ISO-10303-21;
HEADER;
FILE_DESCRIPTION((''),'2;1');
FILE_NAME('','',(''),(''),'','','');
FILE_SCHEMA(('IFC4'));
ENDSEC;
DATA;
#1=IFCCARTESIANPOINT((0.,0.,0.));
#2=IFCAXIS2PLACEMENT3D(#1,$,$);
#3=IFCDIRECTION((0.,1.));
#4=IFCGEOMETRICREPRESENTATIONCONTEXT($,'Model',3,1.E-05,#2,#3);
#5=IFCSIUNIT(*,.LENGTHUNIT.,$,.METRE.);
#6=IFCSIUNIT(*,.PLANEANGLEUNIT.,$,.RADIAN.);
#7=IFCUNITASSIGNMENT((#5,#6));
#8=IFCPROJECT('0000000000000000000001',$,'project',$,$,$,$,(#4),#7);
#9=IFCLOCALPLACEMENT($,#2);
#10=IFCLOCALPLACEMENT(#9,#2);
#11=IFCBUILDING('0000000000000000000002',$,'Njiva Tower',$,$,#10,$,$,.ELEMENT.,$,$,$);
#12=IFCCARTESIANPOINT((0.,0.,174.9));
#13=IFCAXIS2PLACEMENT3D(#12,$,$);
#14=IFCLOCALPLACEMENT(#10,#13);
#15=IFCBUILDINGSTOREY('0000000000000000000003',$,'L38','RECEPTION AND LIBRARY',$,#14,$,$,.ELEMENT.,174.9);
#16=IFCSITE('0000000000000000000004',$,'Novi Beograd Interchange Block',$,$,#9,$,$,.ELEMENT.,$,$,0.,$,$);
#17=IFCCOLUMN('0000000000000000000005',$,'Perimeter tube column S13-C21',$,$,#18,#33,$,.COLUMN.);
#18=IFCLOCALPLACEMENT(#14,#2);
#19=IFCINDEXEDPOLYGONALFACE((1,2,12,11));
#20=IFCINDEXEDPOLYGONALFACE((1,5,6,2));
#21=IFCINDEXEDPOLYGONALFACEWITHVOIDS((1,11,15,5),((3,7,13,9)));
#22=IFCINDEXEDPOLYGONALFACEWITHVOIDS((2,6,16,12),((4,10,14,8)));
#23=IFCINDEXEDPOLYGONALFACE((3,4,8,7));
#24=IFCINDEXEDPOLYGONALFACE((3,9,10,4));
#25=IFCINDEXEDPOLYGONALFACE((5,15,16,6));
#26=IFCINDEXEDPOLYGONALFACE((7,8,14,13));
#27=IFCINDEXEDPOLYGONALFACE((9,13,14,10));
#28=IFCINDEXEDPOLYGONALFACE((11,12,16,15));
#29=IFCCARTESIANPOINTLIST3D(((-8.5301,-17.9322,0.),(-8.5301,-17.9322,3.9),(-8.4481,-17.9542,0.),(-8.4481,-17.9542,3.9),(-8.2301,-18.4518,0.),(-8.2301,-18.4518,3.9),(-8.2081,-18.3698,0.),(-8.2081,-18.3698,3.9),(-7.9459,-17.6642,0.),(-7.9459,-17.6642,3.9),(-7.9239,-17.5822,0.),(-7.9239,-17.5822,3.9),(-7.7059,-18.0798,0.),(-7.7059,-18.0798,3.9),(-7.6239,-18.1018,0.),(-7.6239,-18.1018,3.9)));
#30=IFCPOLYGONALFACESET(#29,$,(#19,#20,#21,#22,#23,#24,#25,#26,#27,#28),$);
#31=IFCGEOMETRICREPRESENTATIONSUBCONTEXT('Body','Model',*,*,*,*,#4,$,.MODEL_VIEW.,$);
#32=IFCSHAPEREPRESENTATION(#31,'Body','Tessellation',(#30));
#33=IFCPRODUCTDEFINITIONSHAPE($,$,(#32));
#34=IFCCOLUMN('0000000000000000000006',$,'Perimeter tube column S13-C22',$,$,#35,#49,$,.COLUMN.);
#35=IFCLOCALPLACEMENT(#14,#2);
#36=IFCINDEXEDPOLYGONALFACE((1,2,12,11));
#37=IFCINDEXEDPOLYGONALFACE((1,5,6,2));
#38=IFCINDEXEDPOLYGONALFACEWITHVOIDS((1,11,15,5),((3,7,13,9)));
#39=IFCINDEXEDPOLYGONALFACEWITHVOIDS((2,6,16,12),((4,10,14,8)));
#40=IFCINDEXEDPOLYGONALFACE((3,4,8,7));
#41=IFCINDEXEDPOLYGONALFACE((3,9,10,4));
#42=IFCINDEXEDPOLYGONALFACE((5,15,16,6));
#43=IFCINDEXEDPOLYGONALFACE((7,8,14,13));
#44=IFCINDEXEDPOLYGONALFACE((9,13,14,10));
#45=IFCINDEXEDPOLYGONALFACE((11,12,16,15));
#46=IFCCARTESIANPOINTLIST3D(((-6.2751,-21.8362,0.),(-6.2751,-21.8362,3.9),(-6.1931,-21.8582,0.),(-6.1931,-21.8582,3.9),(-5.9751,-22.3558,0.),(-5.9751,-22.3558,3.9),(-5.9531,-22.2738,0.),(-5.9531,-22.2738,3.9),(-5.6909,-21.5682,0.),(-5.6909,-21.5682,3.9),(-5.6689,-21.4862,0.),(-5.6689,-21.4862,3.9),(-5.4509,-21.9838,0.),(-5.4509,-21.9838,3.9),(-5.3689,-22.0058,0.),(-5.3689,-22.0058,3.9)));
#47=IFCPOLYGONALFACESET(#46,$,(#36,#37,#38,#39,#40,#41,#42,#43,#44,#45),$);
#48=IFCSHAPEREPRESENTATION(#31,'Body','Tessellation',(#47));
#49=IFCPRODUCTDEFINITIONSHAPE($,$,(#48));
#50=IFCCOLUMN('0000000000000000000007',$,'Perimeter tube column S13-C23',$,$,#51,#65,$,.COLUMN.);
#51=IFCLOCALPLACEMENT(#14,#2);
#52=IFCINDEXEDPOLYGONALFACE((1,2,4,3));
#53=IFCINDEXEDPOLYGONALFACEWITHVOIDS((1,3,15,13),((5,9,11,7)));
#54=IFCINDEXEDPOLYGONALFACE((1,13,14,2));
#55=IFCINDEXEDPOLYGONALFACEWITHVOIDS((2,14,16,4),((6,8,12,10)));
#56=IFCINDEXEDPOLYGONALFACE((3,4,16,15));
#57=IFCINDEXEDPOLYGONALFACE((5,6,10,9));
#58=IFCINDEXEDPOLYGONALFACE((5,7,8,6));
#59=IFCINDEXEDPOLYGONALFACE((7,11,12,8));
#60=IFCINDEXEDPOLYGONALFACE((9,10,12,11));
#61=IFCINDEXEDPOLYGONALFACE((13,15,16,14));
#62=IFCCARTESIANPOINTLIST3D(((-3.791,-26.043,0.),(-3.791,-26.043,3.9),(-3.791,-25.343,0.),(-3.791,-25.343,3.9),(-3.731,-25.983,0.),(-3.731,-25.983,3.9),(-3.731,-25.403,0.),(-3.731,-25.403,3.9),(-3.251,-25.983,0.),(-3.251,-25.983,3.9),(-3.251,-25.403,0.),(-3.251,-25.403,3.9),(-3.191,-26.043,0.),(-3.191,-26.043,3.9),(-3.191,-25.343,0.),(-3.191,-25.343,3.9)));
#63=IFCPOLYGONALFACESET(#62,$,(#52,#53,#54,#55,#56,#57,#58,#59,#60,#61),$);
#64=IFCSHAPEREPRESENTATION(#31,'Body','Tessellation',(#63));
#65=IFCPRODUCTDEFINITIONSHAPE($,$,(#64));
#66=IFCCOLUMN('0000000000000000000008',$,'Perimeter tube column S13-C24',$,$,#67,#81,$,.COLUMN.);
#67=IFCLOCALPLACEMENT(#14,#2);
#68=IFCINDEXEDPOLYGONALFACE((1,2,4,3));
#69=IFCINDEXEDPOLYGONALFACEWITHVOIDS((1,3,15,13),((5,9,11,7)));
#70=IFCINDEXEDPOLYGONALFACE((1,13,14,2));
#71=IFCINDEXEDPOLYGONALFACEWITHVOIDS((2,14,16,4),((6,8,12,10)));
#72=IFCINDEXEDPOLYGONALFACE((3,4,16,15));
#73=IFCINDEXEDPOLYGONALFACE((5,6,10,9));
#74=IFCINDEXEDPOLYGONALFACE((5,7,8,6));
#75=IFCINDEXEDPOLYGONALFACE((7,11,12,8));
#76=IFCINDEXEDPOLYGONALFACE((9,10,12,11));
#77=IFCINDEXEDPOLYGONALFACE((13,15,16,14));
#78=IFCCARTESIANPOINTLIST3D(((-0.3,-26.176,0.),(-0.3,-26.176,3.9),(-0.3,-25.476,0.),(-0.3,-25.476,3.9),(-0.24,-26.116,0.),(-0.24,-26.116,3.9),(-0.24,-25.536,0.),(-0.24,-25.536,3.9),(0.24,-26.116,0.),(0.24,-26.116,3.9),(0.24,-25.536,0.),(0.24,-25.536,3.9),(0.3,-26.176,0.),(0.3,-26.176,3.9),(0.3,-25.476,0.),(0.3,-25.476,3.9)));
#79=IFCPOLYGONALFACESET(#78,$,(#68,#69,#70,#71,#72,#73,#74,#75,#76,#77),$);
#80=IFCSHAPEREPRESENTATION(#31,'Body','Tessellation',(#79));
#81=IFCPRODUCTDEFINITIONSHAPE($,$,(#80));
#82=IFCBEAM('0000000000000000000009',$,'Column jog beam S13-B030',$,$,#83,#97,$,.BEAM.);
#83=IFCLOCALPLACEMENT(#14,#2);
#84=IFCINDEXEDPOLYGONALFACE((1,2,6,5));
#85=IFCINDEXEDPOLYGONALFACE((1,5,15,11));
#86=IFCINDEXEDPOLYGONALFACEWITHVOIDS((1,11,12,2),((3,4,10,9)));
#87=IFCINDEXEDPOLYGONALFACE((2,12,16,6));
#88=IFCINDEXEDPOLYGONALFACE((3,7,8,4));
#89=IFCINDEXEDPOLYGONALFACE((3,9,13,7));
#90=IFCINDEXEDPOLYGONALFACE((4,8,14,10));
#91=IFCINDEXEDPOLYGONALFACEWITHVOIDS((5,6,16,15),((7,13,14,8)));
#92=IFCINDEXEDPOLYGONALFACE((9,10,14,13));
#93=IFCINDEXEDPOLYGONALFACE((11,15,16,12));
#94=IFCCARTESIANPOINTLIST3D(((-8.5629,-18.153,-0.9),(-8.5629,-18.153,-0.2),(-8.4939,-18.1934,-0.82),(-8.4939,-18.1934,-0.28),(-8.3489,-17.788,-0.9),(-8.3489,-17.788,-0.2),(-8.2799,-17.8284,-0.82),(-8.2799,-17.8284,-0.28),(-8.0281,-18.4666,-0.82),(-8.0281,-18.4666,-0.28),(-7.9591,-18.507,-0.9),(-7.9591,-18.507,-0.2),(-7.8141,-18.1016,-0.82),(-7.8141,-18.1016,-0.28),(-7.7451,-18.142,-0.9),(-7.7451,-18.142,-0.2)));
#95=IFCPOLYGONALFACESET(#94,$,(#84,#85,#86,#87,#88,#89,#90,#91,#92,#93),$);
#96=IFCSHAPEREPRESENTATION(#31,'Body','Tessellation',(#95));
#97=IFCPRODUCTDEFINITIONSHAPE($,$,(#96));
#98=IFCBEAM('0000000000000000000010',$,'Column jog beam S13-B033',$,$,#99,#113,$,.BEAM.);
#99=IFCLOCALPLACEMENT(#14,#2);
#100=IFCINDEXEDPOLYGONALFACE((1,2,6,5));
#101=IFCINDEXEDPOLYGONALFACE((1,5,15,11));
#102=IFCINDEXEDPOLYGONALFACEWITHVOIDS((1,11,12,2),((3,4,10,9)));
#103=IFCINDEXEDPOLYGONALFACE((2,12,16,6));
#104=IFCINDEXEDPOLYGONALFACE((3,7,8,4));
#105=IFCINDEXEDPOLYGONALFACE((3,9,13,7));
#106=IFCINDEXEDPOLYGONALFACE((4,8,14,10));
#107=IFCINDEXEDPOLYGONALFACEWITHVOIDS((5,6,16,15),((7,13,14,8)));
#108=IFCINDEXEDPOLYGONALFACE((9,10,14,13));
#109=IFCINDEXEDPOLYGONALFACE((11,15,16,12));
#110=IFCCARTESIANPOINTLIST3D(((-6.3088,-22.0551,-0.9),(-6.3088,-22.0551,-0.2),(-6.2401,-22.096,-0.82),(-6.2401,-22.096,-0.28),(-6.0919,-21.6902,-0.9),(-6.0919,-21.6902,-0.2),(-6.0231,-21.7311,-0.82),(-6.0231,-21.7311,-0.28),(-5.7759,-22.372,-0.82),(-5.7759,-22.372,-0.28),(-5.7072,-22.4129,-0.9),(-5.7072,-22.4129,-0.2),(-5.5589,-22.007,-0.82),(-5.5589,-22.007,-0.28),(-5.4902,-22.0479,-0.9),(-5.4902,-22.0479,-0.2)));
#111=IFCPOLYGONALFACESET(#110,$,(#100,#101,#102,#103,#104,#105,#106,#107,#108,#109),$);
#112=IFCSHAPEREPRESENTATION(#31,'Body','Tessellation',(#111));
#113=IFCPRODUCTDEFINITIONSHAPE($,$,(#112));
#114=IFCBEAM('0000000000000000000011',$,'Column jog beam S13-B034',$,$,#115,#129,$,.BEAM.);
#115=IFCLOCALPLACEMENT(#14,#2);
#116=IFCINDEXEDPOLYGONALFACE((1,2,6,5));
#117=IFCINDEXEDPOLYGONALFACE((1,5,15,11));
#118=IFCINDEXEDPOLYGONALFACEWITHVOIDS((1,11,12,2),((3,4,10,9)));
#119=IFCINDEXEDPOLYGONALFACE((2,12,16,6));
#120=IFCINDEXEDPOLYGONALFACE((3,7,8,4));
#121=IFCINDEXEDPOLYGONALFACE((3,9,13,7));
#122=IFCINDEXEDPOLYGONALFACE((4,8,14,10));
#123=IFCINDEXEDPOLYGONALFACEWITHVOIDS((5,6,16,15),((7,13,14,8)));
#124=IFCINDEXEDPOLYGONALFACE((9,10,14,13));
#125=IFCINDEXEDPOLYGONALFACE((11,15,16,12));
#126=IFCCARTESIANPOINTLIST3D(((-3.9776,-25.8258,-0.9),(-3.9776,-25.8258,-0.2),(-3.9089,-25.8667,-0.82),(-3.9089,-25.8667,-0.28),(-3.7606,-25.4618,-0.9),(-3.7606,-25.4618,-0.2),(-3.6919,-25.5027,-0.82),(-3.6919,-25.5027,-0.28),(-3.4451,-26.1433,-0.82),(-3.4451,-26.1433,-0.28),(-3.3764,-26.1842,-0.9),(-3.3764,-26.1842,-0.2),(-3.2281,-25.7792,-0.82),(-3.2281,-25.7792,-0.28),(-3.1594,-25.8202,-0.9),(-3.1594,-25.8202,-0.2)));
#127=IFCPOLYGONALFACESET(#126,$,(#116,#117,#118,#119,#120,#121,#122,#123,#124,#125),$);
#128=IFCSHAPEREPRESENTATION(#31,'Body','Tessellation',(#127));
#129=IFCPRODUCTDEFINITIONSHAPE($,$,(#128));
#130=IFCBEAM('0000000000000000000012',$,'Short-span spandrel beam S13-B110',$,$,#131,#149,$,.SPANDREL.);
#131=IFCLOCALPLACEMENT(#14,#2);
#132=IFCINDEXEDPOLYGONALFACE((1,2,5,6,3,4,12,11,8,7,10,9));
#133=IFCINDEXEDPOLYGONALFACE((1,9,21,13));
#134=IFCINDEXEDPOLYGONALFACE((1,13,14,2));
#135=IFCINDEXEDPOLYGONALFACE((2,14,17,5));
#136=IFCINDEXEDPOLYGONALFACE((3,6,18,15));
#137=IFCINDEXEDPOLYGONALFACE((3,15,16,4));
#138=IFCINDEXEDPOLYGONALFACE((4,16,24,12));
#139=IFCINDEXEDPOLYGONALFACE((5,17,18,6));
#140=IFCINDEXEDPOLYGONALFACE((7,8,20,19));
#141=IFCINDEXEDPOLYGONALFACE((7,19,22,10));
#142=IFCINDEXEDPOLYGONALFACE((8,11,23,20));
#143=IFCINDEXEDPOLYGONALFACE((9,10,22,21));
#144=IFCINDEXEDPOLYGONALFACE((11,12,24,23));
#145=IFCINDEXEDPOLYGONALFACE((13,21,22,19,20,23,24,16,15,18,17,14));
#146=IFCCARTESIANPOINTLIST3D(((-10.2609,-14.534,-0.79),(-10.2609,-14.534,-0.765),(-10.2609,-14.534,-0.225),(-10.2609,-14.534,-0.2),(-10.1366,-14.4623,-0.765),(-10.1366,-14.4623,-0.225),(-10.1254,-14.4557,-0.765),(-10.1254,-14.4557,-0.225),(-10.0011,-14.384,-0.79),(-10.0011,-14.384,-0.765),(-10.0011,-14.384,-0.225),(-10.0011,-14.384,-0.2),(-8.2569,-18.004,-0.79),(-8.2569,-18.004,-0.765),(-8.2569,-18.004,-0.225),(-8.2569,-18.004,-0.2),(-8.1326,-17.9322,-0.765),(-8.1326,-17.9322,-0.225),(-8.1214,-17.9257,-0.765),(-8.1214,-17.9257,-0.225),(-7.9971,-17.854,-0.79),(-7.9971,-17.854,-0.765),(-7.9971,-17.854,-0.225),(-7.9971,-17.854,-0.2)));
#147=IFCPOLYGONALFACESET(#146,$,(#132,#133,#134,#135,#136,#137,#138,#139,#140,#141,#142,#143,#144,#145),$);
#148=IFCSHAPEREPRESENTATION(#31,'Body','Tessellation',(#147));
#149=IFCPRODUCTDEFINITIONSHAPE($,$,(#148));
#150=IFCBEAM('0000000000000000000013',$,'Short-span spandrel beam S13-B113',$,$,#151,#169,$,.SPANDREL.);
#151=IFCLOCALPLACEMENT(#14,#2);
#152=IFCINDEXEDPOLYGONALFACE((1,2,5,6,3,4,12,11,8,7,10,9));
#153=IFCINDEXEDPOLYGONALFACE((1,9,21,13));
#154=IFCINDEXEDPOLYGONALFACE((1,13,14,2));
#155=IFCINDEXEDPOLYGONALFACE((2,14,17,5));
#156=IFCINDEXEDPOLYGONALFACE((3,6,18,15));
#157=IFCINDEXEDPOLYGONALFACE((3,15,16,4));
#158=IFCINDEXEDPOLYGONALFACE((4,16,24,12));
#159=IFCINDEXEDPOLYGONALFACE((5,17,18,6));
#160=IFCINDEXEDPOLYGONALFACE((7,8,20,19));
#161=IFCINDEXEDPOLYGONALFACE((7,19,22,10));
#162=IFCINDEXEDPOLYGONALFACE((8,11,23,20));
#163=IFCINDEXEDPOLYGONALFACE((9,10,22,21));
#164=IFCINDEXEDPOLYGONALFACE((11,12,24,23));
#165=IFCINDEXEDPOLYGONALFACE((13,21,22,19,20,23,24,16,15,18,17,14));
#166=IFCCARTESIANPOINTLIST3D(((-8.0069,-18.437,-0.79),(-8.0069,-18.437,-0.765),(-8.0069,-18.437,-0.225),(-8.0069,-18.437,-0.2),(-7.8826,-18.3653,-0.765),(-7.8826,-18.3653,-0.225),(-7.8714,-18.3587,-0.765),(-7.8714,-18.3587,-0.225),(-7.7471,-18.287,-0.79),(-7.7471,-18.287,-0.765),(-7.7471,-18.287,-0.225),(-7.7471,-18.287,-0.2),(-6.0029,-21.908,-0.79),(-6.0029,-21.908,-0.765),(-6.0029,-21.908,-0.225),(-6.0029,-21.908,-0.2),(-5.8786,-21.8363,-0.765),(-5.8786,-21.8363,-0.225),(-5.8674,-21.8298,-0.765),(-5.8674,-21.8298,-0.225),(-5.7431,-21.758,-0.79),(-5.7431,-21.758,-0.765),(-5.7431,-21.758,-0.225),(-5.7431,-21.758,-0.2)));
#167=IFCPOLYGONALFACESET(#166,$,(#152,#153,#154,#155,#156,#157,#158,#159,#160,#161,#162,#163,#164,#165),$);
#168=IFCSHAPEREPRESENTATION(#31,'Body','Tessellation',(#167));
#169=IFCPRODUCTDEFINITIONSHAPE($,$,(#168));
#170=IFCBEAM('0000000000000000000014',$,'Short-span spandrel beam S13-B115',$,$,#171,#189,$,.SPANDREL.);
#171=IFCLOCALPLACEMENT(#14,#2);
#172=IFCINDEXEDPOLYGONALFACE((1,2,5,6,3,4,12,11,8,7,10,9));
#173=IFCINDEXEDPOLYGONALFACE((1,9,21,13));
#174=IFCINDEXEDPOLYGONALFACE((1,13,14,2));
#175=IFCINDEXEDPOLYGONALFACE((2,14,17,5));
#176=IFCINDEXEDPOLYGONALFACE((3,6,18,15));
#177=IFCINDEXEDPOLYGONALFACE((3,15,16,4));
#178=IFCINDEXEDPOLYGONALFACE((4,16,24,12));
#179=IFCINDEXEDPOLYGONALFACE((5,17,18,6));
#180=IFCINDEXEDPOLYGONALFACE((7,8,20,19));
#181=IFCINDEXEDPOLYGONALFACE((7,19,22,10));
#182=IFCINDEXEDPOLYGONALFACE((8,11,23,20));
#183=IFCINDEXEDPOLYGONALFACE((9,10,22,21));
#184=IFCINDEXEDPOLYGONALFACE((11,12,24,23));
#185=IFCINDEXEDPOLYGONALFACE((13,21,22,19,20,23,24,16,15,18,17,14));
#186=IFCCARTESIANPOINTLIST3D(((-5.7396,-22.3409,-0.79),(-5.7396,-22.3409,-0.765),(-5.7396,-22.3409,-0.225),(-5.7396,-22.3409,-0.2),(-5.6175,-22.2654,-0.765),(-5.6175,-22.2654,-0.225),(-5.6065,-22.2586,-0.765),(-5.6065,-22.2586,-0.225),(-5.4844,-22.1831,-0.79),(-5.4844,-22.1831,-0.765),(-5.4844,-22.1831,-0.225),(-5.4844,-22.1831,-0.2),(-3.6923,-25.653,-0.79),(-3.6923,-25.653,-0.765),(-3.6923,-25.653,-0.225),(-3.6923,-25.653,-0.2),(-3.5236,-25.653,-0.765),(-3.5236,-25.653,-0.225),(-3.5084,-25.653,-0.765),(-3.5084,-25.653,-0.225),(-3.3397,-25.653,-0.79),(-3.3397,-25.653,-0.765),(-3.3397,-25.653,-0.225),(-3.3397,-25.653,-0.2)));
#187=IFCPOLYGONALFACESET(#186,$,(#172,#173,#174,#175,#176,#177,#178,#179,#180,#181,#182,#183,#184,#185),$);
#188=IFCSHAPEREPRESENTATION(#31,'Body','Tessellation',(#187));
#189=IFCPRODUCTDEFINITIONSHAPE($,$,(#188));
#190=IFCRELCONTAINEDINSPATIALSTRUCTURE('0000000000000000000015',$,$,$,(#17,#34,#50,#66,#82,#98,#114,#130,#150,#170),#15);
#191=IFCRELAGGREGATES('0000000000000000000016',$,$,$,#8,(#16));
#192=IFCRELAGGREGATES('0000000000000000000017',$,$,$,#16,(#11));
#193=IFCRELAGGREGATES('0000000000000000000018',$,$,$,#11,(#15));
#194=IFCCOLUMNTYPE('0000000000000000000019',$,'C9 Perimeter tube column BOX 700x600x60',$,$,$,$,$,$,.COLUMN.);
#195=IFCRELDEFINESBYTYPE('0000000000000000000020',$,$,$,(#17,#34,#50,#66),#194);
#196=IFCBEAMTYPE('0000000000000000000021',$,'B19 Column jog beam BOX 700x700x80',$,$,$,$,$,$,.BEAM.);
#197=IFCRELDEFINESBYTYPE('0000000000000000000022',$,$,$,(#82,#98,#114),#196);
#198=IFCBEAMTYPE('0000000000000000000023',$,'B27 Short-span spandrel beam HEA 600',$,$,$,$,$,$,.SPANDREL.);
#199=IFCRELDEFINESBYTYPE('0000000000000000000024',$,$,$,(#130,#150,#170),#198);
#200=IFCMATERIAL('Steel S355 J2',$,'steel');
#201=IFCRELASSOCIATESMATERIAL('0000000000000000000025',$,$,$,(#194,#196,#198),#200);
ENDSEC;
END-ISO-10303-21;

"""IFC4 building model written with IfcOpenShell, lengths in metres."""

from ifc_helpers import new_model, si_unit, direction, frame, origin, origin_2d, place, context, subcontext, project, spatial, hollow_rectangle, i_section, extrude, clip, halfspace, material, material_profile, profile_set, type_object, element, save


model = new_model("IFC4")

# Units and contexts
model_context = context("Model", 3, precision=1e-05, world=origin(), true_north=direction((0.0, 1.0)))
body_context = subcontext(model_context, "Body", "Model", "MODEL_VIEW")
ifc_project = project(units=[si_unit("LENGTHUNIT", "METRE"), si_unit("PLANEANGLEUNIT", "RADIAN")], contexts=[model_context])

# Site, building, storey
site_placement = place(None, origin())
site = spatial("IfcSite", under=ifc_project, at=site_placement, Name="Novi Beograd Interchange Block", CompositionType="ELEMENT", RefElevation=0.0)
building_placement = place(site_placement, origin())
building = spatial("IfcBuilding", under=site, at=building_placement, Name="Njiva Tower", CompositionType="ELEMENT")
storey_placement = place(building_placement, frame((0.0, 0.0, 174.9)))
storey = spatial("IfcBuildingStorey", under=building, at=storey_placement, Name="L38", Description="RECEPTION AND LIBRARY", CompositionType="ELEMENT", Elevation=174.9)

# Columns
ifc_material_1 = material(Name="Steel S355 J2", Category="steel")
ifc_material_profile_1 = material_profile(ifc_material_1, hollow_rectangle(XDim=0.6, YDim=0.7, WallThickness=0.06, at=origin_2d()), Name="BOX 700x600x60")
ifc_profile_set_1 = profile_set([ifc_material_profile_1], Name="Steel S355 J2")
column_type = type_object("IfcColumnType", Name="C9 Perimeter tube column BOX 700x600x60", PredefinedType="COLUMN", material=ifc_profile_set_1)
for number, where, z_axis, x_axis, name in (
    (1, (-8.077, -18.017, 0.0), (0.0, 0.0, 1.0), (0.5, -0.866025, 0.0), "Perimeter tube column S13-C21"),
    (2, (-5.822, -21.921, 0.0), (0.0, 0.0, 1.0), (0.5, -0.866025, 0.0), "Perimeter tube column S13-C22"),
    (3, (-3.491, -25.693, 0.0), (0.0, 0.0, 1.0), (1.0, 0.0, 0.0), "Perimeter tube column S13-C23"),
    (4, (0.0, -25.826, 0.0), (0.0, 0.0, 1.0), (1.0, 0.0, 0.0), "Perimeter tube column S13-C24"),
):
    element("IfcColumn", number, at=place(storey_placement, frame(where, z_axis=z_axis, x_axis=x_axis)), inside=storey, type_object=column_type, Name=name, PredefinedType="COLUMN", context=body_context, shape_type="SweptSolid", body=[
        extrude(hollow_rectangle(XDim=0.6, YDim=0.7, WallThickness=0.06, at=origin_2d()), origin(), (0.0, 0.0, 1.0), 3.9),
    ])

# Beams
ifc_material_profile_2 = material_profile(ifc_material_1, hollow_rectangle(XDim=0.7, YDim=0.7, WallThickness=0.08, at=origin_2d()), Name="BOX 700x700x80")
ifc_profile_set_2 = profile_set([ifc_material_profile_2], Name="Steel S355 J2")
beam_type_1 = type_object("IfcBeamType", Name="B19 Column jog beam BOX 700x700x80", PredefinedType="BEAM", material=ifc_profile_set_2)
beam_1_placement = place(storey_placement, frame((-8.261, -18.33, -0.55), z_axis=(0.50578, 0.862662, 0.0), x_axis=(-0.862662, 0.50578, 0.0)))
element("IfcBeam", 5, at=beam_1_placement, inside=storey, type_object=beam_type_1, Name="Column jog beam S13-B030", PredefinedType="BEAM", context=body_context, shape_type="SweptSolid", body=[
    extrude(hollow_rectangle(XDim=0.7, YDim=0.7, WallThickness=0.08, at=origin_2d()), origin(), (0.0, 0.0, 1.0), 0.4231),
])
beam_2_placement = place(storey_placement, frame((-6.008, -22.234, -0.55), z_axis=(0.511028, 0.859564, 0.0), x_axis=(-0.859564, 0.511028, 0.0)))
element("IfcBeam", 6, at=beam_2_placement, inside=storey, type_object=beam_type_1, Name="Column jog beam S13-B033", PredefinedType="BEAM", context=body_context, shape_type="SweptSolid", body=[
    extrude(hollow_rectangle(XDim=0.7, YDim=0.7, WallThickness=0.08, at=origin_2d()), origin(), (0.0, 0.0, 1.0), 0.4246),
])
beam_3_placement = place(storey_placement, frame((-3.677, -26.005, -0.55), z_axis=(0.512065, 0.858947, 0.0), x_axis=(-0.858947, 0.512065, 0.0)))
element("IfcBeam", 7, at=beam_3_placement, inside=storey, type_object=beam_type_1, Name="Column jog beam S13-B034", PredefinedType="BEAM", context=body_context, shape_type="SweptSolid", body=[
    extrude(hollow_rectangle(XDim=0.7, YDim=0.7, WallThickness=0.08, at=origin_2d()), origin(), (0.0, 0.0, 1.0), 0.4238),
])
ifc_material_profile_3 = material_profile(ifc_material_1, i_section(OverallWidth=0.3, OverallDepth=0.59, WebThickness=0.013, FlangeThickness=0.025, at=origin_2d()), Name="HEA 600")
ifc_profile_set_3 = profile_set([ifc_material_profile_3], Name="Steel S355 J2")
beam_type_2 = type_object("IfcBeamType", Name="B27 Short-span spandrel beam HEA 600", PredefinedType="SPANDREL", material=ifc_profile_set_3)
beam_4_placement = place(storey_placement, frame((-10.131, -14.459, -0.495), z_axis=(0.500111, -0.865961, 0.0), x_axis=(0.865961, 0.500111, 0.0)))
element("IfcBeam", 8, at=beam_4_placement, inside=storey, type_object=beam_type_2, Name="Short-span spandrel beam S13-B110", PredefinedType="SPANDREL", context=body_context, shape_type="SweptSolid", body=[
    extrude(i_section(OverallWidth=0.3, OverallDepth=0.59, WebThickness=0.013, FlangeThickness=0.025, at=origin_2d()), origin(), (0.0, 0.0, 1.0), 4.0071),
])
beam_5_placement = place(storey_placement, frame((-7.877, -18.362, -0.495), z_axis=(0.500003, -0.866024, 0.0), x_axis=(0.866024, 0.500003, 0.0)))
element("IfcBeam", 9, at=beam_5_placement, inside=storey, type_object=beam_type_2, Name="Short-span spandrel beam S13-B113", PredefinedType="SPANDREL", context=body_context, shape_type="SweptSolid", body=[
    extrude(i_section(OverallWidth=0.3, OverallDepth=0.59, WebThickness=0.013, FlangeThickness=0.025, at=origin_2d()), origin(), (0.0, 0.0, 1.0), 4.008),
])
beam_6_placement = place(storey_placement, frame((-5.612, -22.262, -0.495), z_axis=(0.525776, -0.850623, 0.0), x_axis=(0.850623, 0.525776, 0.0)))
element("IfcBeam", 10, at=beam_6_placement, inside=storey, type_object=beam_type_2, Name="Short-span spandrel beam S13-B115", PredefinedType="SPANDREL", context=body_context, shape_type="Clipping", body=[
    clip(extrude(i_section(OverallWidth=0.3, OverallDepth=0.59, WebThickness=0.013, FlangeThickness=0.025, at=origin_2d()), origin(), (0.0, 0.0, 1.0), 4.0995), halfspace(frame((-0.0262, 0.0, 3.9703), z_axis=(-0.525776, 0.0, 0.850623), x_axis=(0.0, 1.0, 0.0)), False)),
])

save(model, "model.ifc")
